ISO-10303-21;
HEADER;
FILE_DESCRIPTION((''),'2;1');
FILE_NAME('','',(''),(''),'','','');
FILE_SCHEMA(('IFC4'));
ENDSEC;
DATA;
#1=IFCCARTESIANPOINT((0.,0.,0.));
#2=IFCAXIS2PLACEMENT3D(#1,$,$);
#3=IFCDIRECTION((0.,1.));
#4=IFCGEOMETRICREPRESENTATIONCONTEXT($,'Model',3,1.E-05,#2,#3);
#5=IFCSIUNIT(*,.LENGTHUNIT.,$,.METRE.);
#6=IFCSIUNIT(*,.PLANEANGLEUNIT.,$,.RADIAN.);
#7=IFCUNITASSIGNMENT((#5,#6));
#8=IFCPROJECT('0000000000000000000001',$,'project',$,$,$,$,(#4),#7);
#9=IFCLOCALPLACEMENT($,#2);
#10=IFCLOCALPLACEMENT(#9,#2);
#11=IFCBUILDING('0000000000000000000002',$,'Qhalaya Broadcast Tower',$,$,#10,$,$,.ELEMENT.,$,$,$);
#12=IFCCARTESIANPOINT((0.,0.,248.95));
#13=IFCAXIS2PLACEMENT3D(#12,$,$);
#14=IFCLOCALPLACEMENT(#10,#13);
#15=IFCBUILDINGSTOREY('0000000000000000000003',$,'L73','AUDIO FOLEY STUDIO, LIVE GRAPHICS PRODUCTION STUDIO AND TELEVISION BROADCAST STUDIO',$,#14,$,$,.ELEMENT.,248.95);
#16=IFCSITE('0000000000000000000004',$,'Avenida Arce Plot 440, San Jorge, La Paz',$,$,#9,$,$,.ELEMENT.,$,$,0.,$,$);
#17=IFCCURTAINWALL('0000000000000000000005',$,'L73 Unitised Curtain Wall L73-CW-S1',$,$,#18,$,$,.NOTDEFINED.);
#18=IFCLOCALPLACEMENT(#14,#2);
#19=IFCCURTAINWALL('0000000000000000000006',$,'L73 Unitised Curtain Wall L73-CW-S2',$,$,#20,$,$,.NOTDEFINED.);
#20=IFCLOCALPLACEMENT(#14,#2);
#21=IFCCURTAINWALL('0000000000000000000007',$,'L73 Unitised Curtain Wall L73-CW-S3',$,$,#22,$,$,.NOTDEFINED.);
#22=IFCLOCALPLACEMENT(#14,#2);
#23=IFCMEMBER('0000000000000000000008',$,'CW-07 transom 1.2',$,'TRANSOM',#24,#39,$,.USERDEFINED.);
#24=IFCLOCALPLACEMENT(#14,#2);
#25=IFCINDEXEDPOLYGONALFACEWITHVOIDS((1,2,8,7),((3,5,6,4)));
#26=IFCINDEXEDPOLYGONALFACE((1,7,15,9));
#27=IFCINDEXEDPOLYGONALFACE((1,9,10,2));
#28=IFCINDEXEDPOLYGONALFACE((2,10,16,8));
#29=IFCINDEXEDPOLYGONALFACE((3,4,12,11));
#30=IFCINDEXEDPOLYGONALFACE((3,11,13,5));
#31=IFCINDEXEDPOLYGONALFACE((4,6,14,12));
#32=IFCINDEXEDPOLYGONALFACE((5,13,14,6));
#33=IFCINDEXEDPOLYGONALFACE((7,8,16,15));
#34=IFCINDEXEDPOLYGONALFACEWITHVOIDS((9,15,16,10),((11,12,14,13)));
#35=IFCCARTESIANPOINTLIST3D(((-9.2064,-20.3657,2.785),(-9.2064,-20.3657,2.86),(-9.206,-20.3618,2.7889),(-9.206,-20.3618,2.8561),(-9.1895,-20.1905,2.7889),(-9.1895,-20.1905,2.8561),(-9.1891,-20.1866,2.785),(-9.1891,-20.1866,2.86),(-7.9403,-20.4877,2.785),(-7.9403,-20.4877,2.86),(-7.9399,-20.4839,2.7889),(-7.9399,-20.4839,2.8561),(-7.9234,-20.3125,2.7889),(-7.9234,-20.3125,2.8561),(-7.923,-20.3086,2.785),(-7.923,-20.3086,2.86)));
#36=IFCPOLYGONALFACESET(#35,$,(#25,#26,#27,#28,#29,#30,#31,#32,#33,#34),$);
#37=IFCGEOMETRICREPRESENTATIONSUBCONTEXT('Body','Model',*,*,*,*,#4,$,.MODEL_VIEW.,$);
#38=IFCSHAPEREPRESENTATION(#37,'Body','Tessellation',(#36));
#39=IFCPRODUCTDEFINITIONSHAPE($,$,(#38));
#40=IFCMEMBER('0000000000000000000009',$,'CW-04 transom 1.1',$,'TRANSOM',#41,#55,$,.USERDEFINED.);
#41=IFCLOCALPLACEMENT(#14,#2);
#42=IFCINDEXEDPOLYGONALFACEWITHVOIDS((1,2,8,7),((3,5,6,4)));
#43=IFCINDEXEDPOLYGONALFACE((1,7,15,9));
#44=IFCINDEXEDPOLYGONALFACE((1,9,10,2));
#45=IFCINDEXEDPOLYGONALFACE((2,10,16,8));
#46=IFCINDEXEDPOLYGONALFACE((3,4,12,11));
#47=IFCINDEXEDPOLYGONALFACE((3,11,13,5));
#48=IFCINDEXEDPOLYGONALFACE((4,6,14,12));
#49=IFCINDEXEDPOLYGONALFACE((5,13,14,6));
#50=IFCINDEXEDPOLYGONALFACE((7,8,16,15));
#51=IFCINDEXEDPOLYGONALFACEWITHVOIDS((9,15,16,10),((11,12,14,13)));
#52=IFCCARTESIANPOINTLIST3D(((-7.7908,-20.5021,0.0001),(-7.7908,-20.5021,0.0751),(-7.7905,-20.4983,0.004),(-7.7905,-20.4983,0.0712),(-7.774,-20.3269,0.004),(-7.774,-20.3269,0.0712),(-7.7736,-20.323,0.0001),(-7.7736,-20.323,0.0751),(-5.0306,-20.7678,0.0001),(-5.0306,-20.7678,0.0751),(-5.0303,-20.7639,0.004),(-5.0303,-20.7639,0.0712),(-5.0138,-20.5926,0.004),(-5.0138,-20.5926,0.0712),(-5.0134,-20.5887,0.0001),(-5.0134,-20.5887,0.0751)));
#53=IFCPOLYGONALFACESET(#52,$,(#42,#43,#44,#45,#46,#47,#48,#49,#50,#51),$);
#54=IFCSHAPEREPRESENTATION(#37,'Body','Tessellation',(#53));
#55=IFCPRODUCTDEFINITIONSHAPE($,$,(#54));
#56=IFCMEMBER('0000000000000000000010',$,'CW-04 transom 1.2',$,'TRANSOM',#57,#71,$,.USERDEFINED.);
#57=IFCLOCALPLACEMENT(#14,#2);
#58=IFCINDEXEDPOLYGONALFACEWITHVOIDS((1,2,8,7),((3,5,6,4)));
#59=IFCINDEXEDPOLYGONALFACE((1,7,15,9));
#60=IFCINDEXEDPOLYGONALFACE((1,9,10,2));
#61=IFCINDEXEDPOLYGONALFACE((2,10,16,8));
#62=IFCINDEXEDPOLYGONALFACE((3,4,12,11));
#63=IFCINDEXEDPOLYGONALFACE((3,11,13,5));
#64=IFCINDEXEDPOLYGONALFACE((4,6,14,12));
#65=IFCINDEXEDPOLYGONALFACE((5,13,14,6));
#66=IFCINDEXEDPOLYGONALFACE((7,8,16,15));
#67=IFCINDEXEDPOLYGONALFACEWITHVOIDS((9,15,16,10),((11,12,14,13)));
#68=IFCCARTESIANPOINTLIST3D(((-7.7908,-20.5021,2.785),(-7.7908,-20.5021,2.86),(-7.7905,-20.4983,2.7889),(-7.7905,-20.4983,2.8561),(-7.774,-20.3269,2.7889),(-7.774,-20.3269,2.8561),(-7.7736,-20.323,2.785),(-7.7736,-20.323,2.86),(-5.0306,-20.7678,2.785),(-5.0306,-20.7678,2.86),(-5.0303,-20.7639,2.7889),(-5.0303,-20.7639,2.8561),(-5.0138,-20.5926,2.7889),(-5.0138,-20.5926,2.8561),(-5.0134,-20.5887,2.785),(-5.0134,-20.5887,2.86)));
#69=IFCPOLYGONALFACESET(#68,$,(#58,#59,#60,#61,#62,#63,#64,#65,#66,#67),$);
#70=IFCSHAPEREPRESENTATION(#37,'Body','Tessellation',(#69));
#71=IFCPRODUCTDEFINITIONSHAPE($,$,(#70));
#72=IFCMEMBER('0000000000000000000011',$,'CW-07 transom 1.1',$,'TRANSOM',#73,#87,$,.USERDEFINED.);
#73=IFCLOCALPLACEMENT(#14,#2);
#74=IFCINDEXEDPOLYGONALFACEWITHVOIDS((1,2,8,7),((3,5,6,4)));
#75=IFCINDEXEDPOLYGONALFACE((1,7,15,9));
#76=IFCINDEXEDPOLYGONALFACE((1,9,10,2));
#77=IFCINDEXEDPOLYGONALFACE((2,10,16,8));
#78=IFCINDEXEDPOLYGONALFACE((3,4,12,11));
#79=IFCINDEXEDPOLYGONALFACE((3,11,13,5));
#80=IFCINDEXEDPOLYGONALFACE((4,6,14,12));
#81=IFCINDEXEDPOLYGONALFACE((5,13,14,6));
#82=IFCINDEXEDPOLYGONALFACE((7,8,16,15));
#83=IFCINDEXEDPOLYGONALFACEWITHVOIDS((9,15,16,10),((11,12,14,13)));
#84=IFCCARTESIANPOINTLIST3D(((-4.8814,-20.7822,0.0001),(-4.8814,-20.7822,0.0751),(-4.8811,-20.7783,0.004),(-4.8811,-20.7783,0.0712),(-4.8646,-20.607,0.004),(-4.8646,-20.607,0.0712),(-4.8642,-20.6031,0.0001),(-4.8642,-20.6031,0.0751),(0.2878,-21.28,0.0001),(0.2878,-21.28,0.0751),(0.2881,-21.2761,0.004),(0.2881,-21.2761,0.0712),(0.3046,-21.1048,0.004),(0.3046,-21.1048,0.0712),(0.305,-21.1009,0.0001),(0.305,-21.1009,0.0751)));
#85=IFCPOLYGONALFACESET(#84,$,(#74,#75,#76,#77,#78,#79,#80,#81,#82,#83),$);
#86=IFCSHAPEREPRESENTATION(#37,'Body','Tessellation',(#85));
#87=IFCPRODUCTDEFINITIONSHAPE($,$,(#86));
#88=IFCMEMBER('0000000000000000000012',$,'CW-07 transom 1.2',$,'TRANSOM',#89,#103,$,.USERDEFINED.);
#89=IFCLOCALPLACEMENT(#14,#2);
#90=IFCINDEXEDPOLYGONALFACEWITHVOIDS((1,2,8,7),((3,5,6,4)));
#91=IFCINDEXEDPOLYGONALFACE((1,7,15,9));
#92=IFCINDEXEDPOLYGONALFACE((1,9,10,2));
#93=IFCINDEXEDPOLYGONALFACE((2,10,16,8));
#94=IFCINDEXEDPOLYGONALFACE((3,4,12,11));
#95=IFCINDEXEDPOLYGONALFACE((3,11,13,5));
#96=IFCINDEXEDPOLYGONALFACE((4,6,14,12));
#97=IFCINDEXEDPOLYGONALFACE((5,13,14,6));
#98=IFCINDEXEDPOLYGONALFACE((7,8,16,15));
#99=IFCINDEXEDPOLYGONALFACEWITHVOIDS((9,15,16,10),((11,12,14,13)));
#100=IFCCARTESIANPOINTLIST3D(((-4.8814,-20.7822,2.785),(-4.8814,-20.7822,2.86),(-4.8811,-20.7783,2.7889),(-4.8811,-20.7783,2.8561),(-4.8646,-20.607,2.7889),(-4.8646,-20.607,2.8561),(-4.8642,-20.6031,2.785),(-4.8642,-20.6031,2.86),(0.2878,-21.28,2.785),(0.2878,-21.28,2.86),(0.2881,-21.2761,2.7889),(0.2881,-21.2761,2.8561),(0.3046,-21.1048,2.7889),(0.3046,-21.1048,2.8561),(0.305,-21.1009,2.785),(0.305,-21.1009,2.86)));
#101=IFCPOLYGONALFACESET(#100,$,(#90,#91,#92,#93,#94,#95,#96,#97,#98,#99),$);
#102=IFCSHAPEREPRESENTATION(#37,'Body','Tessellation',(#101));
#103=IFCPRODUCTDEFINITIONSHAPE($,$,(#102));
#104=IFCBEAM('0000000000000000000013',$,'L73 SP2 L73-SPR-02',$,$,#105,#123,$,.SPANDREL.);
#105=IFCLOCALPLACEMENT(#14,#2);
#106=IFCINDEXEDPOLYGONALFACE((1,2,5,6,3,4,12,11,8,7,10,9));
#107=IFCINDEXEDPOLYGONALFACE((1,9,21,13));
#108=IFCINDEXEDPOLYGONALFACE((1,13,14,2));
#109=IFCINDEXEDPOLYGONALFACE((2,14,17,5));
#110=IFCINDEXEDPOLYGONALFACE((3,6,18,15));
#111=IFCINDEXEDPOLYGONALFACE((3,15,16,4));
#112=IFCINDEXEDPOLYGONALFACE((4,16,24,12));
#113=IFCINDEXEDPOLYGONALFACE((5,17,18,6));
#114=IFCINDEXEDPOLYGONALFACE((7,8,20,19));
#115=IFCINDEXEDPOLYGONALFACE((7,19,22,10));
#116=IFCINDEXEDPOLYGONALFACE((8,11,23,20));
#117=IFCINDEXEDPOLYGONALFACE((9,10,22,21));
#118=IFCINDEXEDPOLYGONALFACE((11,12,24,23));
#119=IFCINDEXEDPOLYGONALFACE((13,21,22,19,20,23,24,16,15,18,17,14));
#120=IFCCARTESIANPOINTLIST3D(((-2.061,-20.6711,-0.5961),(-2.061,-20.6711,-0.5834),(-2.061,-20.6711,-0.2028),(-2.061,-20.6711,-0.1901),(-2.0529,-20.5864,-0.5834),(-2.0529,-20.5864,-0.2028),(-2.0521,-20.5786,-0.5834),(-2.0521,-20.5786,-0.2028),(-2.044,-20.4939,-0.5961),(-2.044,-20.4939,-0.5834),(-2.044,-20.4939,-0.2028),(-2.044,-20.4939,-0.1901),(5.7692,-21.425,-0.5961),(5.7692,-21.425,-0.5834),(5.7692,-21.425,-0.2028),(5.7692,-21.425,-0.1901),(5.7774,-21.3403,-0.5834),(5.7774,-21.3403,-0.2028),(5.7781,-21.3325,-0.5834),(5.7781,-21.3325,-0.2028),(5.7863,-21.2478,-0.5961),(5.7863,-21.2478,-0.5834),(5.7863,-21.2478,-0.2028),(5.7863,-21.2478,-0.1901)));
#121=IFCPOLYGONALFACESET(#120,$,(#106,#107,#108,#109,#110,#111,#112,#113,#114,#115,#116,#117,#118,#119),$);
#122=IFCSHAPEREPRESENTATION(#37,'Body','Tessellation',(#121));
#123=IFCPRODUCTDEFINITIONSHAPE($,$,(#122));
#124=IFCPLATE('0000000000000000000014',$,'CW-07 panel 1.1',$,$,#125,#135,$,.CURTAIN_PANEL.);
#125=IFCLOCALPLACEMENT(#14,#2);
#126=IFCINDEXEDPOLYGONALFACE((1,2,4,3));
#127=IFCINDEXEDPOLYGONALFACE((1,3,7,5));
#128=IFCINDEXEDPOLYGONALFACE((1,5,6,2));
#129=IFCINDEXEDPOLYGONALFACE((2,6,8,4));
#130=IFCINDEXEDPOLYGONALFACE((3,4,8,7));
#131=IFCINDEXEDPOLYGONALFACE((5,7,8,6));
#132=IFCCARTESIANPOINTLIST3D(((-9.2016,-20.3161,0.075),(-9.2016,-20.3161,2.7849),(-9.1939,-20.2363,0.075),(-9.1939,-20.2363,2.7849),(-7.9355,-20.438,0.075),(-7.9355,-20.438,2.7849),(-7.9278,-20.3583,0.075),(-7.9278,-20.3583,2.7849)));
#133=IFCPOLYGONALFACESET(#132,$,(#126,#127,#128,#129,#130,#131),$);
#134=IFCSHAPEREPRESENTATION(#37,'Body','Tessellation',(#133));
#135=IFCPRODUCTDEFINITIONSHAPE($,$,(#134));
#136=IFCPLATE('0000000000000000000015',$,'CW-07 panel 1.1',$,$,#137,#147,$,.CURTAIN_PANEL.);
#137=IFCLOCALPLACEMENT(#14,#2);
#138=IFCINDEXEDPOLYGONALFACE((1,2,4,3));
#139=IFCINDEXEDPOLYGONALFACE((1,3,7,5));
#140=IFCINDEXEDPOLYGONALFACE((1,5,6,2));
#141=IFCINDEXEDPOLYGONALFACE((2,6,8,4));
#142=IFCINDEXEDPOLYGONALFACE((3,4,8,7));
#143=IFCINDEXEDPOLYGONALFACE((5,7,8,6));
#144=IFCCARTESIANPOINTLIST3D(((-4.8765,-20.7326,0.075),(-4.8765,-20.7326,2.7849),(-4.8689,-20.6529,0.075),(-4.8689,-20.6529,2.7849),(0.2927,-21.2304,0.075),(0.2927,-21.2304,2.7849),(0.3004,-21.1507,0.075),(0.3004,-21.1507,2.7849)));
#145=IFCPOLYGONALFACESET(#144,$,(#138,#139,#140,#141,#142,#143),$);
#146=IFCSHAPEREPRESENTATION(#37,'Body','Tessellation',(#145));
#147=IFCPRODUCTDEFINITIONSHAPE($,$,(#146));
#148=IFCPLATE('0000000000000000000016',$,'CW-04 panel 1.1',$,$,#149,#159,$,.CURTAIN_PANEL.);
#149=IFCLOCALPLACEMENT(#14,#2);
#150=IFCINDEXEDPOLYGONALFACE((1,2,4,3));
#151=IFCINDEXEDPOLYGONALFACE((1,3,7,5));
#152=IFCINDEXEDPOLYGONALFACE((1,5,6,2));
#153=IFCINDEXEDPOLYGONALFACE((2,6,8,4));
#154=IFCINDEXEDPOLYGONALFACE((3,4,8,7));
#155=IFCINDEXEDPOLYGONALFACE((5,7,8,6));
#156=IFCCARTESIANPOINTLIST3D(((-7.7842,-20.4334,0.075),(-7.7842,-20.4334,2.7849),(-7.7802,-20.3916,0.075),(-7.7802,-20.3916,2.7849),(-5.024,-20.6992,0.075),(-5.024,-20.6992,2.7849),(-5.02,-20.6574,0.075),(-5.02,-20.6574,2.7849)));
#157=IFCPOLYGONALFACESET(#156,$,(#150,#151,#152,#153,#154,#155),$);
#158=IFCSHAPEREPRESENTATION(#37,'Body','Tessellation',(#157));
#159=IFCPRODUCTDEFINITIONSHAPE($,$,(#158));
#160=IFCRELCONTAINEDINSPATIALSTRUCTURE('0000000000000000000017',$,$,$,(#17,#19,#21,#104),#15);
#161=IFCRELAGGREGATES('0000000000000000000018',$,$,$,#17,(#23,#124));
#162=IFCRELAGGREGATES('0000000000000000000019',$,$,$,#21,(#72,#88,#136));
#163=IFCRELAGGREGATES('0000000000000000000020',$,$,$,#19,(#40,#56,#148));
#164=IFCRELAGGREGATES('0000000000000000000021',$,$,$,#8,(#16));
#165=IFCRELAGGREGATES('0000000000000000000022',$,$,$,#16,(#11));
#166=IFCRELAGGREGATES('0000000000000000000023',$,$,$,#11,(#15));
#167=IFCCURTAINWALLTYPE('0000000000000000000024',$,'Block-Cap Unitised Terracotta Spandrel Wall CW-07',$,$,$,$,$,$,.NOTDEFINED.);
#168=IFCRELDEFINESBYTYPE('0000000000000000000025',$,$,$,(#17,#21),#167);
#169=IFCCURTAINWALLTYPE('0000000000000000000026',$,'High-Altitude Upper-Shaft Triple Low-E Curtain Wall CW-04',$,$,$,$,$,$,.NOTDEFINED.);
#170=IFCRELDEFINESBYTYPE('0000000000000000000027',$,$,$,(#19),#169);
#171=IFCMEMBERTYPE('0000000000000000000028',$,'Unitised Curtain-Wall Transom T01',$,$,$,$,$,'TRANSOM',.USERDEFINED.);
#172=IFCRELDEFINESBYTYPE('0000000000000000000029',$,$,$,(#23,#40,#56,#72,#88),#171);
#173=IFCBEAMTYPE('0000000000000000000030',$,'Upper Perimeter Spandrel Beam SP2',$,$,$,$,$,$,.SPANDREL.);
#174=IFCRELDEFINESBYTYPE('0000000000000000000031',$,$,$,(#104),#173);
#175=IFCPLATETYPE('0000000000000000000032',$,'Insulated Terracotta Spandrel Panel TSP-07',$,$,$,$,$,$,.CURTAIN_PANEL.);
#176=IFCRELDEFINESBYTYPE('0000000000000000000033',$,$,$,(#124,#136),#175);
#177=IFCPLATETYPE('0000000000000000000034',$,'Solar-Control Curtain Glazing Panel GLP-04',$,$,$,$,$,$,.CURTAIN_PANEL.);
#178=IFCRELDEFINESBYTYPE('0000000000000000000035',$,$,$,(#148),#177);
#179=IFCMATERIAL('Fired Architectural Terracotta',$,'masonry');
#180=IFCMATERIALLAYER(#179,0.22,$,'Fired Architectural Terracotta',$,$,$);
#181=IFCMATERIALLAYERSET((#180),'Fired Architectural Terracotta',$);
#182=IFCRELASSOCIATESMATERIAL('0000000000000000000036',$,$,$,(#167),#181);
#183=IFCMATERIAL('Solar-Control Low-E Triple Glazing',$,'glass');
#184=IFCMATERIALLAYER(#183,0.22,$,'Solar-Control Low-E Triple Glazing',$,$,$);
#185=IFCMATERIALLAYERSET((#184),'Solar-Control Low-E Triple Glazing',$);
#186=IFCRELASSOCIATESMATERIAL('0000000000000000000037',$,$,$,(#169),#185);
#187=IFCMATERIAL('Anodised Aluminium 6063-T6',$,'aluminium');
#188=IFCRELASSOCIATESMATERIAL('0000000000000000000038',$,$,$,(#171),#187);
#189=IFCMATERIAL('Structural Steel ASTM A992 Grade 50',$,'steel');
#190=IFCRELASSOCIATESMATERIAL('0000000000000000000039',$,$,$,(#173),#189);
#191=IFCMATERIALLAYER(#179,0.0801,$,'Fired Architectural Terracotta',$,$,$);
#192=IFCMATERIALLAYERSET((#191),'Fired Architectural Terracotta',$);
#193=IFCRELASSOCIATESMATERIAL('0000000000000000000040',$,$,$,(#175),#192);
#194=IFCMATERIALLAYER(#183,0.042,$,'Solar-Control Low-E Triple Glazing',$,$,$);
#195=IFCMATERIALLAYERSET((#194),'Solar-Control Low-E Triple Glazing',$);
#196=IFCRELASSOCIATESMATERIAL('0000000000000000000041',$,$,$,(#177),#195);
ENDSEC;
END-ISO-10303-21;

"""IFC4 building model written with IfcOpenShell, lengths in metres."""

from ifc_helpers import new_model, si_unit, direction, frame, origin, origin_2d, place, context, subcontext, project, spatial, rectangle, hollow_rectangle, i_section, extrude, material, layer, layer_set, material_profile, profile_set, type_object, element, aggregate, save


model = new_model("IFC4")

# Units and contexts
model_context = context("Model", 3, precision=1e-05, world=origin(), true_north=direction((0.0, 1.0)))
body_context = subcontext(model_context, "Body", "Model", "MODEL_VIEW")
ifc_project = project(units=[si_unit("LENGTHUNIT", "METRE"), si_unit("PLANEANGLEUNIT", "RADIAN")], contexts=[model_context])

# Site, building, storey
site_placement = place(None, origin())
site = spatial("IfcSite", under=ifc_project, at=site_placement, Name="Avenida Arce Plot 440, San Jorge, La Paz", CompositionType="ELEMENT", RefElevation=0.0)
building_placement = place(site_placement, origin())
building = spatial("IfcBuilding", under=site, at=building_placement, Name="Qhalaya Broadcast Tower", CompositionType="ELEMENT")
storey_placement = place(building_placement, frame((0.0, 0.0, 248.95)))
storey = spatial("IfcBuildingStorey", under=building, at=storey_placement, Name="L73", Description="AUDIO FOLEY STUDIO, LIVE GRAPHICS PRODUCTION STUDIO AND TELEVISION BROADCAST STUDIO", CompositionType="ELEMENT", Elevation=248.95)

# Shared definitions
ifc_material_1 = material(Name="Structural Steel ASTM A992 Grade 50", Category="steel")

# Curtain wall
ifc_material_2 = material(Name="Fired Architectural Terracotta", Category="masonry")
ifc_layer_1 = layer(ifc_material_2, 0.22, Name="Fired Architectural Terracotta")
ifc_layer_set_1 = layer_set([ifc_layer_1], Name="Fired Architectural Terracotta")
curtain_wall_type_1 = type_object("IfcCurtainWallType", Name="Block-Cap Unitised Terracotta Spandrel Wall CW-07", PredefinedType="NOTDEFINED", material=ifc_layer_set_1)
curtain_wall_1_placement = place(storey_placement, origin())
curtain_wall_1 = element("IfcCurtainWall", 1, at=curtain_wall_1_placement, inside=storey, type_object=curtain_wall_type_1, Name="L73 Unitised Curtain Wall L73-CW-S1", PredefinedType="NOTDEFINED")
ifc_material_3 = material(Name="Anodised Aluminium 6063-T6", Category="aluminium")

# Curtain walls
ifc_material_4 = material(Name="Solar-Control Low-E Triple Glazing", Category="glass")
ifc_layer_2 = layer(ifc_material_4, 0.22, Name="Solar-Control Low-E Triple Glazing")
ifc_layer_set_2 = layer_set([ifc_layer_2], Name="Solar-Control Low-E Triple Glazing")
curtain_wall_type_2 = type_object("IfcCurtainWallType", Name="High-Altitude Upper-Shaft Triple Low-E Curtain Wall CW-04", PredefinedType="NOTDEFINED", material=ifc_layer_set_2)
curtain_wall_2_placement = place(storey_placement, origin())
curtain_wall_2 = element("IfcCurtainWall", 2, at=curtain_wall_2_placement, inside=storey, type_object=curtain_wall_type_2, Name="L73 Unitised Curtain Wall L73-CW-S2", PredefinedType="NOTDEFINED")
curtain_wall_3_placement = place(storey_placement, origin())
curtain_wall_3 = element("IfcCurtainWall", 3, at=curtain_wall_3_placement, inside=storey, type_object=curtain_wall_type_1, Name="L73 Unitised Curtain Wall L73-CW-S3", PredefinedType="NOTDEFINED")

# Members
ifc_material_profile_1 = material_profile(ifc_material_3, hollow_rectangle(XDim=0.075, YDim=0.1799, WallThickness=0.0039, at=origin_2d()), Name="ALU-TRN 75x180x4")
ifc_profile_set_1 = profile_set([ifc_material_profile_1], Name="Anodised Aluminium 6063-T6")
member_type_1 = type_object("IfcMemberType", Name="Unitised Curtain-Wall Transom T01", ElementType="TRANSOM", PredefinedType="USERDEFINED", material=ifc_profile_set_1)
member_1_placement = place(storey_placement, frame((-9.1978, -20.2761, 2.8225), z_axis=(0.995384, -0.095968, 0.0), x_axis=(0.0, 0.0, 1.0)))
member_1 = element("IfcMember", 4, at=member_1_placement, type_object=member_type_1, Name="CW-07 transom 1.2", ObjectType="TRANSOM", PredefinedType="USERDEFINED", context=body_context, shape_type="SweptSolid", body=[
    extrude(hollow_rectangle(XDim=0.075, YDim=0.1799, WallThickness=0.0039, at=origin_2d()), origin(), (0.0, 0.0, 1.0), 1.272),
])
member_2_placement = place(storey_placement, frame((-7.7822, -20.4126, 0.0376), z_axis=(0.995402, -0.09579, 0.0), x_axis=(0.0, 0.0, 1.0)))
member_2 = element("IfcMember", 5, at=member_2_placement, type_object=member_type_1, Name="CW-04 transom 1.1", ObjectType="TRANSOM", PredefinedType="USERDEFINED", context=body_context, shape_type="SweptSolid", body=[
    extrude(hollow_rectangle(XDim=0.075, YDim=0.1799, WallThickness=0.0039, at=origin_2d()), origin(), (0.0, 0.0, 1.0), 2.7729),
])
member_3_placement = place(storey_placement, frame((-7.7822, -20.4126, 2.8225), z_axis=(0.995402, -0.09579, 0.0), x_axis=(0.0, 0.0, 1.0)))
member_3 = element("IfcMember", 6, at=member_3_placement, type_object=member_type_1, Name="CW-04 transom 1.2", ObjectType="TRANSOM", PredefinedType="USERDEFINED", context=body_context, shape_type="SweptSolid", body=[
    extrude(hollow_rectangle(XDim=0.075, YDim=0.1799, WallThickness=0.0039, at=origin_2d()), origin(), (0.0, 0.0, 1.0), 2.7729),
])
member_4_placement = place(storey_placement, frame((-4.8728, -20.6926, 0.0376), z_axis=(0.995395, -0.095858, 0.0), x_axis=(0.0, 0.0, 1.0)))
member_4 = element("IfcMember", 7, at=member_4_placement, type_object=member_type_1, Name="CW-07 transom 1.1", ObjectType="TRANSOM", PredefinedType="USERDEFINED", context=body_context, shape_type="SweptSolid", body=[
    extrude(hollow_rectangle(XDim=0.075, YDim=0.1799, WallThickness=0.0039, at=origin_2d()), origin(), (0.0, 0.0, 1.0), 5.1931),
])
member_5_placement = place(storey_placement, frame((-4.8728, -20.6926, 2.8225), z_axis=(0.995395, -0.095858, 0.0), x_axis=(0.0, 0.0, 1.0)))
member_5 = element("IfcMember", 8, at=member_5_placement, type_object=member_type_1, Name="CW-07 transom 1.2", ObjectType="TRANSOM", PredefinedType="USERDEFINED", context=body_context, shape_type="SweptSolid", body=[
    extrude(hollow_rectangle(XDim=0.075, YDim=0.1799, WallThickness=0.0039, at=origin_2d()), origin(), (0.0, 0.0, 1.0), 5.1931),
])

# Beam
ifc_material_profile_2 = material_profile(ifc_material_1, i_section(OverallWidth=0.178, OverallDepth=0.406, WebThickness=0.0078, FlangeThickness=0.0127, at=origin_2d()), Name="W16X40")
ifc_profile_set_2 = profile_set([ifc_material_profile_2], Name="Structural Steel ASTM A992 Grade 50")
beam_type_1 = type_object("IfcBeamType", Name="Upper Perimeter Spandrel Beam SP2", PredefinedType="SPANDREL", material=ifc_profile_set_2)
beam_1_placement = place(storey_placement, frame((-2.0525, -20.5825, -0.3931), z_axis=(0.995397, -0.095837, 0.0), x_axis=(0.095837, 0.995397, 0.0)))
element("IfcBeam", 9, at=beam_1_placement, inside=storey, type_object=beam_type_1, Name="L73 SP2 L73-SPR-02", PredefinedType="SPANDREL", context=body_context, shape_type="SweptSolid", body=[
    extrude(i_section(OverallWidth=0.178, OverallDepth=0.406, WebThickness=0.0078, FlangeThickness=0.0127, at=origin_2d()), origin(), (0.0, 0.0, 1.0), 7.8665),
])

# Plates
ifc_layer_3 = layer(ifc_material_2, 0.0801, Name="Fired Architectural Terracotta")
ifc_layer_set_3 = layer_set([ifc_layer_3], Name="Fired Architectural Terracotta")
plate_type_1 = type_object("IfcPlateType", Name="Insulated Terracotta Spandrel Panel TSP-07", PredefinedType="CURTAIN_PANEL", material=ifc_layer_set_3)
plate_1_placement = place(storey_placement, frame((-8.5647, -20.3372, 0.075), z_axis=(0.0, 0.0, 1.0), x_axis=(0.995396, -0.095848, 0.0)))
plate_1 = element("IfcPlate", 10, at=plate_1_placement, type_object=plate_type_1, Name="CW-07 panel 1.1", PredefinedType="CURTAIN_PANEL", context=body_context, shape_type="SweptSolid", body=[
    extrude(rectangle(XDim=1.272, YDim=0.0801, at=origin_2d()), origin(), (0.0, 0.0, 1.0), 2.71),
])
aggregate(curtain_wall_1, [member_1, plate_1])
plate_2_placement = place(storey_placement, frame((-2.2881, -20.9417, 0.075), z_axis=(0.0, 0.0, 1.0), x_axis=(0.995396, -0.095845, 0.0)))
plate_2 = element("IfcPlate", 11, at=plate_2_placement, type_object=plate_type_1, Name="CW-07 panel 1.1", PredefinedType="CURTAIN_PANEL", context=body_context, shape_type="SweptSolid", body=[
    extrude(rectangle(XDim=5.1931, YDim=0.0801, at=origin_2d()), origin(), (0.0, 0.0, 1.0), 2.71),
])
aggregate(curtain_wall_3, [member_4, member_5, plate_2])
ifc_layer_4 = layer(ifc_material_4, 0.042, Name="Solar-Control Low-E Triple Glazing")
ifc_layer_set_4 = layer_set([ifc_layer_4], Name="Solar-Control Low-E Triple Glazing")
plate_type_2 = type_object("IfcPlateType", Name="Solar-Control Curtain Glazing Panel GLP-04", PredefinedType="CURTAIN_PANEL", material=ifc_layer_set_4)
plate_3_placement = place(storey_placement, frame((-6.4021, -20.5454, 0.075), z_axis=(0.0, 0.0, 1.0), x_axis=(0.995395, -0.095862, 0.0)))
plate_3 = element("IfcPlate", 12, at=plate_3_placement, type_object=plate_type_2, Name="CW-04 panel 1.1", PredefinedType="CURTAIN_PANEL", context=body_context, shape_type="SweptSolid", body=[
    extrude(rectangle(XDim=2.7729, YDim=0.042, at=origin_2d()), origin(), (0.0, 0.0, 1.0), 2.71),
])
aggregate(curtain_wall_2, [member_2, member_3, plate_3])

save(model, "model.ifc")
